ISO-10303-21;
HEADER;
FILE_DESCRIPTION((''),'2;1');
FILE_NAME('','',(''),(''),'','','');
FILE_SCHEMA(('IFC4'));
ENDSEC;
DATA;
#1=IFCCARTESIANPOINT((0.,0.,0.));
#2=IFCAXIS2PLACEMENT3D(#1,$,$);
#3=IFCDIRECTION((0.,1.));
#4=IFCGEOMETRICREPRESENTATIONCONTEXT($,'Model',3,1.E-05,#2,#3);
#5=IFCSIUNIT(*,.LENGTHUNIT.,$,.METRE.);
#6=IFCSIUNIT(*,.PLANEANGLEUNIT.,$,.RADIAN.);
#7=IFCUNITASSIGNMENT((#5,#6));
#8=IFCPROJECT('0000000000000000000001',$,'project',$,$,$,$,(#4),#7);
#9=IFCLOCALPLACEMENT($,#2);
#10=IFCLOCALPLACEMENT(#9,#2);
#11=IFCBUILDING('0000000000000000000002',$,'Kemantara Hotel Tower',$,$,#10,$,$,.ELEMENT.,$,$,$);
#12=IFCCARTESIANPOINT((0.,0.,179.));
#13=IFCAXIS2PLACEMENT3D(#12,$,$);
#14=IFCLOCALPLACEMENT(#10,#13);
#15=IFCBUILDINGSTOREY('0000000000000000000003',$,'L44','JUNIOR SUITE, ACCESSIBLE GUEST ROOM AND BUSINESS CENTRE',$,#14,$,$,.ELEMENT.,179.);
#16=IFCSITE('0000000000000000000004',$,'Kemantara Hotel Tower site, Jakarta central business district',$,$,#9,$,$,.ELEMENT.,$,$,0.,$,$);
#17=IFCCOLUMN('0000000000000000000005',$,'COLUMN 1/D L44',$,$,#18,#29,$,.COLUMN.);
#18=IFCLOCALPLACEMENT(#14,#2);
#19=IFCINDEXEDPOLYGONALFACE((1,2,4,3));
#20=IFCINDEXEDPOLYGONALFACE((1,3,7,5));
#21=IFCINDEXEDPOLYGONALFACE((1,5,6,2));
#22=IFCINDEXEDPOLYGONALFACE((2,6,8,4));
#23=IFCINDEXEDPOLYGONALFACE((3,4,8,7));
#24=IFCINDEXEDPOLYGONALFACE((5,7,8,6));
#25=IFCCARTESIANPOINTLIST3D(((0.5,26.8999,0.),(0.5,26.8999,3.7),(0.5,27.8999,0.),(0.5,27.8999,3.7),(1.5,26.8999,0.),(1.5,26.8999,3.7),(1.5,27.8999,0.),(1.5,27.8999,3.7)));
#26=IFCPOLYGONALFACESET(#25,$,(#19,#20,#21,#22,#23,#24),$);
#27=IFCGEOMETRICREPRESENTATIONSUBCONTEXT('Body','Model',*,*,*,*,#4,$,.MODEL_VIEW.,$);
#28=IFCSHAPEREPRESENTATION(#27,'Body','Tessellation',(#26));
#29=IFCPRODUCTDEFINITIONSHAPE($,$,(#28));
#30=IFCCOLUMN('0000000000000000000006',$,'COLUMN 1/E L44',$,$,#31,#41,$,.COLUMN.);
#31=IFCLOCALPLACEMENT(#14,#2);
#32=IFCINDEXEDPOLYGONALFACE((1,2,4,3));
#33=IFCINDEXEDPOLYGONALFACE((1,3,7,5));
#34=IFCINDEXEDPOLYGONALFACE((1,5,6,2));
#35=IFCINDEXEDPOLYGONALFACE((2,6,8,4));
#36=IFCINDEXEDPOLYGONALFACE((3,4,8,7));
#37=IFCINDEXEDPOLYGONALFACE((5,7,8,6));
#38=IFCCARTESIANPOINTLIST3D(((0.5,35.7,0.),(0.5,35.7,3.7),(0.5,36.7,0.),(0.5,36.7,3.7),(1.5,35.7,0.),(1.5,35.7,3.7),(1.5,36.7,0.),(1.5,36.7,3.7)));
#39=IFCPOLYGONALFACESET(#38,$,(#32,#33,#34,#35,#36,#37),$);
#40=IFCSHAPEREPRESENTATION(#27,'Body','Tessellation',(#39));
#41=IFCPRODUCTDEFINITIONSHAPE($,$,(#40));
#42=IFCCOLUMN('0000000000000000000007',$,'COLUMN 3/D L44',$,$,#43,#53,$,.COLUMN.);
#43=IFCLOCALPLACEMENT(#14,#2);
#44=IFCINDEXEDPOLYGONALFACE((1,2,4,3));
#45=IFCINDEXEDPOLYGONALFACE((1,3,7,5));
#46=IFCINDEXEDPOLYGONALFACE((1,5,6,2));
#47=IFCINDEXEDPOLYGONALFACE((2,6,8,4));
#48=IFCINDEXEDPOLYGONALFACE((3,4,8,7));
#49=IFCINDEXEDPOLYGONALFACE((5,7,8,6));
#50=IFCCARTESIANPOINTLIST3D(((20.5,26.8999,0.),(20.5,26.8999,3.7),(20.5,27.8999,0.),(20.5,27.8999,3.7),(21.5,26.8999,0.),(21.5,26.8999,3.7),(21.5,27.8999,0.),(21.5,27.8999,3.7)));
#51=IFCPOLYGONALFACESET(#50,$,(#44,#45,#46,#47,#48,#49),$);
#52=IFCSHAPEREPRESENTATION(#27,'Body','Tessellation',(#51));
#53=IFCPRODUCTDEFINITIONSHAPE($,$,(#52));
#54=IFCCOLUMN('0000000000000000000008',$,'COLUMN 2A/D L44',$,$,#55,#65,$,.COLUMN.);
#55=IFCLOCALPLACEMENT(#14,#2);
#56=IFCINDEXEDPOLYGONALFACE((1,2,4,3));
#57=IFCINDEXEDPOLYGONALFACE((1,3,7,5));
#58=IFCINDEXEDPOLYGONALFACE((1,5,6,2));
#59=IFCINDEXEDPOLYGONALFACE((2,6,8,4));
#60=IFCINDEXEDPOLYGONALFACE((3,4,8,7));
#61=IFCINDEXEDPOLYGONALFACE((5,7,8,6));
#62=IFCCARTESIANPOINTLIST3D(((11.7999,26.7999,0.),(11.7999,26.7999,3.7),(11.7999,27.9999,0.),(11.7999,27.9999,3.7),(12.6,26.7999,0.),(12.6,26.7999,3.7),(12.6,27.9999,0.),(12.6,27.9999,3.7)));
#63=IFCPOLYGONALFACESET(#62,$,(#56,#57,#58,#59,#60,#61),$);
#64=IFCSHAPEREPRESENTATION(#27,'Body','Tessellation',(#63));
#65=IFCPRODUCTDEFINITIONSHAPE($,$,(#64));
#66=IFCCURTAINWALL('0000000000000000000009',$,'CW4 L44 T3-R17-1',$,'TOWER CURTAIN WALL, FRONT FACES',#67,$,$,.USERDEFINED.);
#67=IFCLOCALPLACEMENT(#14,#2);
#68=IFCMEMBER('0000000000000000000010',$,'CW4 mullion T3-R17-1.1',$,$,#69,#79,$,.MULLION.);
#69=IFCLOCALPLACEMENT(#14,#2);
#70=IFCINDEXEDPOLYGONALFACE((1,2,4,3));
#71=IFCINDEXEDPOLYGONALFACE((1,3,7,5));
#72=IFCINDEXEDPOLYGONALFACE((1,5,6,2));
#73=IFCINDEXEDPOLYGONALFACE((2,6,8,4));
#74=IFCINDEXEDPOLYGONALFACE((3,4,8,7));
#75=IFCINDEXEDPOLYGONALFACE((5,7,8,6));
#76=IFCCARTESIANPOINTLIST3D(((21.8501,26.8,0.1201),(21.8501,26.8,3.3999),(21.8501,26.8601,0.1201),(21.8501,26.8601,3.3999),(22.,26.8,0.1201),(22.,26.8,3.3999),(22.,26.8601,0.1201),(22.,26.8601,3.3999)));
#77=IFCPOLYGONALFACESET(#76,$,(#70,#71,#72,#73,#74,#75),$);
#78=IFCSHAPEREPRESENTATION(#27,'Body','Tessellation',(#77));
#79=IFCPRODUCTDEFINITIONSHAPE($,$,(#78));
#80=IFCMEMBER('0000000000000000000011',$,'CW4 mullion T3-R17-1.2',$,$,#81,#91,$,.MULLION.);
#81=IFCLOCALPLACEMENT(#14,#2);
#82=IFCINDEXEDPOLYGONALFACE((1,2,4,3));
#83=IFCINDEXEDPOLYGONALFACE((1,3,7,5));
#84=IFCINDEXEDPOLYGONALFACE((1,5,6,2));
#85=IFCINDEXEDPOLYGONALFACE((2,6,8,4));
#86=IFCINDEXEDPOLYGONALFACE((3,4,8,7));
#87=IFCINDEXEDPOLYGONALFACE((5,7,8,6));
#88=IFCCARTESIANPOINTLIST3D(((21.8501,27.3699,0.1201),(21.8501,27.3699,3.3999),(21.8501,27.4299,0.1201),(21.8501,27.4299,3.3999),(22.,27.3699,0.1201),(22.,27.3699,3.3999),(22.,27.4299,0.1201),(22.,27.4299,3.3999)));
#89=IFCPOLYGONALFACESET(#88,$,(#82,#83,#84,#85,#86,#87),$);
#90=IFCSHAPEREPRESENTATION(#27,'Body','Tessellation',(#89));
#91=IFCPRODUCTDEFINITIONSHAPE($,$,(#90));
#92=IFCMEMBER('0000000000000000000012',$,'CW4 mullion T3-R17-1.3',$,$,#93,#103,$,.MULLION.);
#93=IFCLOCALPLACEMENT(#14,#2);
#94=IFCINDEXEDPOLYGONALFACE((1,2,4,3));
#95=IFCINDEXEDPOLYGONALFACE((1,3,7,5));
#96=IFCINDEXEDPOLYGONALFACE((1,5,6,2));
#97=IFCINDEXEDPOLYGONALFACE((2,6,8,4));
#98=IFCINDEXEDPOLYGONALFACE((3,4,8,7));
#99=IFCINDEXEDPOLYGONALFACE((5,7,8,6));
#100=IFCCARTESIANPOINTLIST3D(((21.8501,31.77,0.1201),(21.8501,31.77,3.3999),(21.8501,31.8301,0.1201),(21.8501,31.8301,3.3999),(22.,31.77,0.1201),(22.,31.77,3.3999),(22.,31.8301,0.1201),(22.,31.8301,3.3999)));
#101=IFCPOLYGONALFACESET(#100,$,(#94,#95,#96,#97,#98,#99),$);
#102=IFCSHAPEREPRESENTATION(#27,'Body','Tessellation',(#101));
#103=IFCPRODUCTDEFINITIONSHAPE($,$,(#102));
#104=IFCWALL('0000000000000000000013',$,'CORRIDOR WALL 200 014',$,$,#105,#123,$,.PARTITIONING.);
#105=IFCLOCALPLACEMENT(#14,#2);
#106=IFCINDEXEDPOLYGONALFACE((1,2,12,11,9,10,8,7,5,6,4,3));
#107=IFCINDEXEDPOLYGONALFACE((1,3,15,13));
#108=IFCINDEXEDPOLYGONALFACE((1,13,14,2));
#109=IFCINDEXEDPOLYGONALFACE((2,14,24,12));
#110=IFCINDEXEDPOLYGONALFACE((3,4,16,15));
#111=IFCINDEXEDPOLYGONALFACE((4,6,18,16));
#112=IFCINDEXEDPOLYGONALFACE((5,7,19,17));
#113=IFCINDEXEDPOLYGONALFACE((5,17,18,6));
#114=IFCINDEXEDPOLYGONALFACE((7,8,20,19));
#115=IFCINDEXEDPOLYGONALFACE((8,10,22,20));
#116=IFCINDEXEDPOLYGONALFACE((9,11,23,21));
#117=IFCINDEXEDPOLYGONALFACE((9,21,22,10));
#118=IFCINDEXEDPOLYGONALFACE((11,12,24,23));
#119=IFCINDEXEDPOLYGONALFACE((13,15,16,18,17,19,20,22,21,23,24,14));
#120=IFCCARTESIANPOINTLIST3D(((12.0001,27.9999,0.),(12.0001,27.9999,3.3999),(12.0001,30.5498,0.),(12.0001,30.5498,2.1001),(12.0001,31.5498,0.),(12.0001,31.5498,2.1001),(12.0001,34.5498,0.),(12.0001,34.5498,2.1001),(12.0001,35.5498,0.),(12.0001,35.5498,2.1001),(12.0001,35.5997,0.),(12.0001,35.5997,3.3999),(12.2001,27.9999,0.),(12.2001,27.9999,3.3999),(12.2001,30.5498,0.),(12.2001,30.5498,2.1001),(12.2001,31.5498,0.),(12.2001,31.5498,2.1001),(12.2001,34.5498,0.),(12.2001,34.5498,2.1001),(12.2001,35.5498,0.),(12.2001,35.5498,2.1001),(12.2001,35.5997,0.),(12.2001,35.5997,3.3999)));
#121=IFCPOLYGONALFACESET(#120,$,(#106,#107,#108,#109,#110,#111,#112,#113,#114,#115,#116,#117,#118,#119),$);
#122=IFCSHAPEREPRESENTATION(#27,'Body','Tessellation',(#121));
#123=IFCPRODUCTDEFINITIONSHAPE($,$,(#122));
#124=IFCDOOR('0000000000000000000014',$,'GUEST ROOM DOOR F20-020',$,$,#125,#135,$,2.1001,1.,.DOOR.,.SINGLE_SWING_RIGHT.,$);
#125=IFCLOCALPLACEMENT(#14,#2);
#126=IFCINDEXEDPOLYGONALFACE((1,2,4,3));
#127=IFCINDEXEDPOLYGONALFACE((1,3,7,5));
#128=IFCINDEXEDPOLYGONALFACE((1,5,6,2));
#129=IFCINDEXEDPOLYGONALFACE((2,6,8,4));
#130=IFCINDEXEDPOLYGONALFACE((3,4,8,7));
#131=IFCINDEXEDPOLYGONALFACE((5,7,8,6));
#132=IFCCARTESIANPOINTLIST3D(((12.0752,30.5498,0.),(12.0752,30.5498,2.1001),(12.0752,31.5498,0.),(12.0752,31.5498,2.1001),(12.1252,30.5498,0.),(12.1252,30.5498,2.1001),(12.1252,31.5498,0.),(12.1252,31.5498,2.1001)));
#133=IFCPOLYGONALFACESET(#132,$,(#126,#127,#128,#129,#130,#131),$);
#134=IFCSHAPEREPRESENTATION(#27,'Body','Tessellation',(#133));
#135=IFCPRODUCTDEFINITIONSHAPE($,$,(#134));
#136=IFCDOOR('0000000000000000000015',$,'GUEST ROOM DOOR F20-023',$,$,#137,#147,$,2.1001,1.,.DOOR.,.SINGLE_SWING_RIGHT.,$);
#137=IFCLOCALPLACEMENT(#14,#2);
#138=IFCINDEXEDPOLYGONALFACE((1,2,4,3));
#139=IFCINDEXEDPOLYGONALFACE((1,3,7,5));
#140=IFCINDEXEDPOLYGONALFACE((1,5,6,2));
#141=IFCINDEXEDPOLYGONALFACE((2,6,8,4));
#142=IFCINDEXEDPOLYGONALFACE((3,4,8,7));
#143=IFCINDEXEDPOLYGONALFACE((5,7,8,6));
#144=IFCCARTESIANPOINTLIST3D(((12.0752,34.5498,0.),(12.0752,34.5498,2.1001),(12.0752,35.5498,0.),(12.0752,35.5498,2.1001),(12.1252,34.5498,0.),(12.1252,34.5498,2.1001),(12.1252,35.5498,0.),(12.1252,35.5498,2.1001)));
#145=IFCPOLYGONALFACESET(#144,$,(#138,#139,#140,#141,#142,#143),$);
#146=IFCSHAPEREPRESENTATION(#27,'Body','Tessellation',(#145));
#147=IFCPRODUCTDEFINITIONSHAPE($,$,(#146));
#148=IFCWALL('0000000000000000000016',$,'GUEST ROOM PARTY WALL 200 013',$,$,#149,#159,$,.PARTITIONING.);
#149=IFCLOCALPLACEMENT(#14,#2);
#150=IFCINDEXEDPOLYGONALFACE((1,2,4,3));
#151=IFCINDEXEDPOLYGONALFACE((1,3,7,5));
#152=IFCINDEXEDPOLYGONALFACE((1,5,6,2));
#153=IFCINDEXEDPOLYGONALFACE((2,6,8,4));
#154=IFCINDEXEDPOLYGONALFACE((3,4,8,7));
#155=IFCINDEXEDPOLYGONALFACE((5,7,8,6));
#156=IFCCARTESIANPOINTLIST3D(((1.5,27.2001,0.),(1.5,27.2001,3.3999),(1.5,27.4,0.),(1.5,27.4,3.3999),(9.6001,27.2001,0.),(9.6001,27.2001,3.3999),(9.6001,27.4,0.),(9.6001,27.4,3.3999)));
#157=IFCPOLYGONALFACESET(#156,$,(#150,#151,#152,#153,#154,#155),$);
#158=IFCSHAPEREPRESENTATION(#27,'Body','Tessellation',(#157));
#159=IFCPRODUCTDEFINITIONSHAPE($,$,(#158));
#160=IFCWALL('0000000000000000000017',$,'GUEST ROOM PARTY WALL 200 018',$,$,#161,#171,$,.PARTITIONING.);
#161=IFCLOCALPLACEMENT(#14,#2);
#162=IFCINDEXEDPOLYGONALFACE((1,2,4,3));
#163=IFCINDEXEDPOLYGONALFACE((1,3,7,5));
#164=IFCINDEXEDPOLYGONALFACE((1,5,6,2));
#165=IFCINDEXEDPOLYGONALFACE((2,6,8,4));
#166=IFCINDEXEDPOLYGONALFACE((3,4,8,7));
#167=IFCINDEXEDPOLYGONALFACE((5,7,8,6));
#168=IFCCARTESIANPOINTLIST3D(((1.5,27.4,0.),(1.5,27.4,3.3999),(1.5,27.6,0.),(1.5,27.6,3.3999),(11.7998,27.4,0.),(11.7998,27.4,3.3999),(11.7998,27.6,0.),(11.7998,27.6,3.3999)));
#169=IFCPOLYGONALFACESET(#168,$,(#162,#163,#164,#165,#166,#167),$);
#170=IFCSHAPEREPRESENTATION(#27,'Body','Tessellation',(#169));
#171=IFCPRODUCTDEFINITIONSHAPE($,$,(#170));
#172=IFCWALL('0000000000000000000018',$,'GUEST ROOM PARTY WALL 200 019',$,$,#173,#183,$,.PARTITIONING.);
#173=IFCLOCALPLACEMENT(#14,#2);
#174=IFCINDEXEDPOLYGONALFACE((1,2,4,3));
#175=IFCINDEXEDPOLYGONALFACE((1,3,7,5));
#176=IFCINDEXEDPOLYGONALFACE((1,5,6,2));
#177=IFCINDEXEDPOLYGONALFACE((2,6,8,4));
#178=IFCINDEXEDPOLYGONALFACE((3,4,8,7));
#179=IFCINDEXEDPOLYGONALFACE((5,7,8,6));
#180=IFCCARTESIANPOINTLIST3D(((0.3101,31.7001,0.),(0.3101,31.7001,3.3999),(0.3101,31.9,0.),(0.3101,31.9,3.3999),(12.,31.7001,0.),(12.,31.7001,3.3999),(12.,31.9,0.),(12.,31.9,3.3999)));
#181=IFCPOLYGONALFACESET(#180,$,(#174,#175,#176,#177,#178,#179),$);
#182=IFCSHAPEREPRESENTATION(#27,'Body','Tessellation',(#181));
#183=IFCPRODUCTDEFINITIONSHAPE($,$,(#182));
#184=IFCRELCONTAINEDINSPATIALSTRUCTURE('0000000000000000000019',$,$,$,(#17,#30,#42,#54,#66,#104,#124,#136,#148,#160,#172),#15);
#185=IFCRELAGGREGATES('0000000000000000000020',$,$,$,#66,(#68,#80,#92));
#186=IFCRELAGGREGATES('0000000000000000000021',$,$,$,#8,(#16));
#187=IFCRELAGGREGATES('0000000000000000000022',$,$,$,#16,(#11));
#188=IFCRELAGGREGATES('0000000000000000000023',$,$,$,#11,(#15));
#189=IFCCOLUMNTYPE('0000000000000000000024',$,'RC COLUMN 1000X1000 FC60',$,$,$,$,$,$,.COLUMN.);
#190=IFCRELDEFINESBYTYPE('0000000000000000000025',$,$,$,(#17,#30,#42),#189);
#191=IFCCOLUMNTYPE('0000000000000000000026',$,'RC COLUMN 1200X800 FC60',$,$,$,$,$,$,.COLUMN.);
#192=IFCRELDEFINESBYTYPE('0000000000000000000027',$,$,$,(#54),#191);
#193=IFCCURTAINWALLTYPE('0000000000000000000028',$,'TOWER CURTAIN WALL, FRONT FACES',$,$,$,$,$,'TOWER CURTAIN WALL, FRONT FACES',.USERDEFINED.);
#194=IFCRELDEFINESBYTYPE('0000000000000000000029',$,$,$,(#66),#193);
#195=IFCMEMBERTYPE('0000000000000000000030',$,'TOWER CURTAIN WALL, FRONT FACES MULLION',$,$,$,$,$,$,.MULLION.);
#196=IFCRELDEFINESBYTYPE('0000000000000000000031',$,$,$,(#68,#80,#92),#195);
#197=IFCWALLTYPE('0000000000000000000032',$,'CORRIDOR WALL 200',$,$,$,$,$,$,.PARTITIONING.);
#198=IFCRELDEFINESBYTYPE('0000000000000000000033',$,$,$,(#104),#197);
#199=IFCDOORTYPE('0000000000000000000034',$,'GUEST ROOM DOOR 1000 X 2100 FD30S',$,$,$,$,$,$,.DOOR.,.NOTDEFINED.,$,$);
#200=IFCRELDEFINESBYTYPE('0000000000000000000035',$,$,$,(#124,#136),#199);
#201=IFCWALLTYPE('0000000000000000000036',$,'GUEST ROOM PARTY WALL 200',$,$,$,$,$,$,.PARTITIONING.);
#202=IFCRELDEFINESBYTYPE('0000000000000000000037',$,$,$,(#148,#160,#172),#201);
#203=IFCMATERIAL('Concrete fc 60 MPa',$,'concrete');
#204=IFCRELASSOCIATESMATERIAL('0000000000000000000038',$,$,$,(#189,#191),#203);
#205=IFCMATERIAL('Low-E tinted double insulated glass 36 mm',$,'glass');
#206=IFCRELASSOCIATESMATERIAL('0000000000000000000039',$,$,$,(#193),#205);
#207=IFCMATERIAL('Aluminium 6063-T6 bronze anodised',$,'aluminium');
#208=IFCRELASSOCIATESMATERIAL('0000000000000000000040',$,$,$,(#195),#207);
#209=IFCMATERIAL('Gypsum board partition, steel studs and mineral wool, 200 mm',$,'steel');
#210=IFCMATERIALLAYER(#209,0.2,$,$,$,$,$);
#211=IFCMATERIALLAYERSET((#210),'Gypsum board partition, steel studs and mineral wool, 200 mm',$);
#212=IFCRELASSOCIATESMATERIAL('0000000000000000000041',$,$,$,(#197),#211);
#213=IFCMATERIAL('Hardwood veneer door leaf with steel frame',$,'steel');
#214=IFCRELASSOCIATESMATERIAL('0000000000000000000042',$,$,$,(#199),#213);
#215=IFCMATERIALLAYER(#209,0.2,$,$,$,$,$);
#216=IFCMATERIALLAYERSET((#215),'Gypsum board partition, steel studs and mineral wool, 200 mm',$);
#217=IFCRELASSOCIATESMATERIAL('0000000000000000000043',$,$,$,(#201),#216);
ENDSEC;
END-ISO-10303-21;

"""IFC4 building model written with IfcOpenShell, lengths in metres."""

from ifc_helpers import new_model, si_unit, direction, frame, frame_2d, origin, origin_2d, place, context, subcontext, project, spatial, rectangle, extrude, source, transform, mapped, material, layer, layer_set, material_profile, profile_set, type_object, element, fill, aggregate, save


model = new_model("IFC4")

# Units and contexts
model_context = context("Model", 3, precision=1e-05, world=origin(), true_north=direction((0.0, 1.0)))
body_context = subcontext(model_context, "Body", "Model", "MODEL_VIEW")
ifc_project = project(units=[si_unit("LENGTHUNIT", "METRE"), si_unit("PLANEANGLEUNIT", "RADIAN")], contexts=[model_context])

# Site, building, storey
site_placement = place(None, origin())
site = spatial("IfcSite", under=ifc_project, at=site_placement, Name="Kemantara Hotel Tower site, Jakarta central business district", CompositionType="ELEMENT", RefElevation=0.0)
building_placement = place(site_placement, origin())
building = spatial("IfcBuilding", under=site, at=building_placement, Name="Kemantara Hotel Tower", CompositionType="ELEMENT")
storey_placement = place(building_placement, frame((0.0, 0.0, 179.0)))
storey = spatial("IfcBuildingStorey", under=building, at=storey_placement, Name="L44", Description="JUNIOR SUITE, ACCESSIBLE GUEST ROOM AND BUSINESS CENTRE", CompositionType="ELEMENT", Elevation=179.0)

# Columns
ifc_material_1 = material(Name="Concrete fc 60 MPa", Category="concrete")
ifc_material_profile_1 = material_profile(ifc_material_1, rectangle(XDim=1.0, YDim=1.0, at=origin_2d()), Name="RC 1000X1000")
ifc_profile_set_1 = profile_set([ifc_material_profile_1], Name="Concrete fc 60 MPa")
column_type_1 = type_object("IfcColumnType", Name="RC COLUMN 1000X1000 FC60", PredefinedType="COLUMN", material=ifc_profile_set_1)
for number, where, z_axis, x_axis, name in (
    (1, (1.0, 27.3999, 0.0), (0.0, 0.0, 1.0), (1.0, 0.0, 0.0), "COLUMN 1/D L44"),
    (2, (1.0, 36.2, 0.0), (0.0, 0.0, 1.0), (1.0, 0.0, 0.0), "COLUMN 1/E L44"),
    (3, (21.0, 27.3999, 0.0), (0.0, 0.0, 1.0), (1.0, 0.0, 0.0), "COLUMN 3/D L44"),
):
    element("IfcColumn", number, at=place(storey_placement, frame(where, z_axis=z_axis, x_axis=x_axis)), inside=storey, type_object=column_type_1, Name=name, PredefinedType="COLUMN", context=body_context, shape_type="SweptSolid", body=[
        extrude(rectangle(XDim=1.0, YDim=1.0, at=origin_2d()), origin(), (0.0, 0.0, 1.0), 3.7),
    ])
ifc_material_profile_2 = material_profile(ifc_material_1, rectangle(XDim=1.2, YDim=0.8, at=origin_2d()), Name="RC 1200X800")
ifc_profile_set_2 = profile_set([ifc_material_profile_2], Name="Concrete fc 60 MPa")
column_type_2 = type_object("IfcColumnType", Name="RC COLUMN 1200X800 FC60", PredefinedType="COLUMN", material=ifc_profile_set_2)
column_placement = place(storey_placement, frame((12.2, 27.3999, 0.0), z_axis=(0.0, 0.0, 1.0), x_axis=(0.0, 1.0, 0.0)))
element("IfcColumn", 4, at=column_placement, inside=storey, type_object=column_type_2, Name="COLUMN 2A/D L44", PredefinedType="COLUMN", context=body_context, shape_type="SweptSolid", body=[
    extrude(rectangle(XDim=1.2, YDim=0.8, at=origin_2d()), origin(), (0.0, 0.0, 1.0), 3.7),
])

# Curtain wall, members
ifc_material_2 = material(Name="Low-E tinted double insulated glass 36 mm", Category="glass")
curtain_wall_type = type_object("IfcCurtainWallType", Name="TOWER CURTAIN WALL, FRONT FACES", ElementType="TOWER CURTAIN WALL, FRONT FACES", PredefinedType="USERDEFINED", material=ifc_material_2)
curtain_wall_placement = place(storey_placement, origin())
curtain_wall = element("IfcCurtainWall", 5, at=curtain_wall_placement, inside=storey, type_object=curtain_wall_type, Name="CW4 L44 T3-R17-1", ObjectType="TOWER CURTAIN WALL, FRONT FACES", PredefinedType="USERDEFINED")
ifc_material_3 = material(Name="Aluminium 6063-T6 bronze anodised", Category="aluminium")
ifc_material_profile_3 = material_profile(ifc_material_3, rectangle(XDim=0.1499, YDim=0.0601, at=origin_2d()), Name="TOWER CURTAIN WALL, FRONT FACES MULLION")
ifc_profile_set_3 = profile_set([ifc_material_profile_3], Name="Aluminium 6063-T6 bronze anodised")
member_type = type_object("IfcMemberType", Name="TOWER CURTAIN WALL, FRONT FACES MULLION", PredefinedType="MULLION", material=ifc_profile_set_3)
shared_shape_1 = source(origin(), body_context, "Body", "SweptSolid", [
    extrude(rectangle(XDim=0.1499, YDim=0.0601, at=origin_2d()), origin(), (0.0, 0.0, 1.0), 3.2798),
])
member_1_placement = place(storey_placement, frame((21.925, 26.8301, 0.1201), z_axis=(0.0, 0.0, 1.0), x_axis=(-1.0, 0.0, 0.0)))
member_1 = element("IfcMember", 6, at=member_1_placement, type_object=member_type, Name="CW4 mullion T3-R17-1.1", PredefinedType="MULLION", context=body_context, shape_type="MappedRepresentation", body=[
    mapped(shared_shape_1, transform((0.0, 0.0, 0.0))),
])
member_2_placement = place(storey_placement, frame((21.925, 27.3999, 0.1201), z_axis=(0.0, 0.0, 1.0), x_axis=(-1.0, 0.0, 0.0)))
member_2 = element("IfcMember", 7, at=member_2_placement, type_object=member_type, Name="CW4 mullion T3-R17-1.2", PredefinedType="MULLION", context=body_context, shape_type="MappedRepresentation", body=[
    mapped(shared_shape_1, transform((0.0, 0.0, 0.0))),
])
member_3_placement = place(storey_placement, frame((21.925, 31.8, 0.1201), z_axis=(0.0, 0.0, 1.0), x_axis=(-1.0, 0.0, 0.0)))
member_3 = element("IfcMember", 8, at=member_3_placement, type_object=member_type, Name="CW4 mullion T3-R17-1.3", PredefinedType="MULLION", context=body_context, shape_type="MappedRepresentation", body=[
    mapped(shared_shape_1, transform((0.0, 0.0, 0.0))),
])
aggregate(curtain_wall, [member_1, member_2, member_3])

# Wall, openings, doors
ifc_material_4 = material(Name="Gypsum board partition, steel studs and mineral wool, 200 mm", Category="steel")
ifc_layer_1 = layer(ifc_material_4, 0.2)
ifc_layer_set_1 = layer_set([ifc_layer_1], Name="Gypsum board partition, steel studs and mineral wool, 200 mm")
wall_type_1 = type_object("IfcWallType", Name="CORRIDOR WALL 200", PredefinedType="PARTITIONING", material=ifc_layer_set_1)
wall_1_placement = place(storey_placement, frame((12.1001, 28.0, 0.0), z_axis=(0.0, 0.0, 1.0), x_axis=(0.0, 1.0, 0.0)))
wall_1 = element("IfcWall", 9, at=wall_1_placement, inside=storey, type_object=wall_type_1, Name="CORRIDOR WALL 200 014", PredefinedType="PARTITIONING", context=body_context, shape_type="SweptSolid", body=[
    extrude(rectangle(XDim=7.5999, YDim=0.2, at=frame_2d((3.7998, 0.0))), origin(), (0.0, 0.0, 1.0), 3.3999),
])
opening_1_placement = place(wall_1_placement, frame((2.5498, 0.0, 0.0)))
opening_1 = element("IfcOpeningElement", 10, at=opening_1_placement, cuts=wall_1, PredefinedType="OPENING", context=body_context, shape_type="SweptSolid", body=[
    extrude(rectangle(XDim=1.0, YDim=2.1001, at=frame_2d((0.5, 1.05))), frame((0.0, 0.1099, 0.0), z_axis=(0.0, -1.0, 0.0), x_axis=(1.0, 0.0, 0.0)), (0.0, 0.0, 1.0), 0.22),
])
opening_2_placement = place(wall_1_placement, frame((6.5498, 0.0, 0.0)))
opening_2 = element("IfcOpeningElement", 11, at=opening_2_placement, cuts=wall_1, PredefinedType="OPENING", context=body_context, shape_type="SweptSolid", body=[
    extrude(rectangle(XDim=1.0, YDim=2.1001, at=frame_2d((0.5, 1.05))), frame((0.0, 0.1099, 0.0), z_axis=(0.0, -1.0, 0.0), x_axis=(1.0, 0.0, 0.0)), (0.0, 0.0, 1.0), 0.22),
])
ifc_material_5 = material(Name="Hardwood veneer door leaf with steel frame", Category="steel")
door_type_1 = type_object("IfcDoorType", Name="GUEST ROOM DOOR 1000 X 2100 FD30S", OperationType="NOTDEFINED", PredefinedType="DOOR", material=ifc_material_5)
door_1_placement = place(opening_1_placement, origin())
door_1 = element("IfcDoor", 12, at=door_1_placement, inside=storey, type_object=door_type_1, Name="GUEST ROOM DOOR F20-020", OperationType="SINGLE_SWING_RIGHT", OverallHeight=2.1001, OverallWidth=1.0, PredefinedType="DOOR", context=body_context, shape_type="SweptSolid", body=[
    extrude(rectangle(XDim=1.0, YDim=2.1001, at=frame_2d((0.5, 1.05))), frame((0.0, 0.0249, 0.0), z_axis=(0.0, -1.0, 0.0), x_axis=(1.0, 0.0, 0.0)), (0.0, 0.0, 1.0), 0.05),
])
fill(opening_1, door_1)
door_2_placement = place(opening_2_placement, origin())
door_2 = element("IfcDoor", 13, at=door_2_placement, inside=storey, type_object=door_type_1, Name="GUEST ROOM DOOR F20-023", OperationType="SINGLE_SWING_RIGHT", OverallHeight=2.1001, OverallWidth=1.0, PredefinedType="DOOR", context=body_context, shape_type="SweptSolid", body=[
    extrude(rectangle(XDim=1.0, YDim=2.1001, at=frame_2d((0.5, 1.05))), frame((0.0, 0.0249, 0.0), z_axis=(0.0, -1.0, 0.0), x_axis=(1.0, 0.0, 0.0)), (0.0, 0.0, 1.0), 0.05),
])
fill(opening_2, door_2)

# Walls
ifc_layer_2 = layer(ifc_material_4, 0.2)
ifc_layer_set_2 = layer_set([ifc_layer_2], Name="Gypsum board partition, steel studs and mineral wool, 200 mm")
wall_type_2 = type_object("IfcWallType", Name="GUEST ROOM PARTY WALL 200", PredefinedType="PARTITIONING", material=ifc_layer_set_2)
wall_2_placement = place(storey_placement, frame((1.5, 27.3, 0.0), z_axis=(0.0, 0.0, 1.0), x_axis=(1.0, 0.0, 0.0)))
element("IfcWall", 14, at=wall_2_placement, inside=storey, type_object=wall_type_2, Name="GUEST ROOM PARTY WALL 200 013", PredefinedType="PARTITIONING", context=body_context, shape_type="SweptSolid", body=[
    extrude(rectangle(XDim=8.1001, YDim=0.2, at=frame_2d((4.05, 0.0))), origin(), (0.0, 0.0, 1.0), 3.3999),
])
wall_3_placement = place(storey_placement, frame((1.5, 27.5, 0.0), z_axis=(0.0, 0.0, 1.0), x_axis=(1.0, 0.0, 0.0)))
element("IfcWall", 15, at=wall_3_placement, inside=storey, type_object=wall_type_2, Name="GUEST ROOM PARTY WALL 200 018", PredefinedType="PARTITIONING", context=body_context, shape_type="SweptSolid", body=[
    extrude(rectangle(XDim=10.2998, YDim=0.2, at=frame_2d((5.1499, 0.0))), origin(), (0.0, 0.0, 1.0), 3.3999),
])
wall_4_placement = place(storey_placement, frame((0.3101, 31.8, 0.0), z_axis=(0.0, 0.0, 1.0), x_axis=(1.0, 0.0, 0.0)))
element("IfcWall", 16, at=wall_4_placement, inside=storey, type_object=wall_type_2, Name="GUEST ROOM PARTY WALL 200 019", PredefinedType="PARTITIONING", context=body_context, shape_type="SweptSolid", body=[
    extrude(rectangle(XDim=11.6899, YDim=0.2, at=frame_2d((5.845, 0.0))), origin(), (0.0, 0.0, 1.0), 3.3999),
])

save(model, "model.ifc")
